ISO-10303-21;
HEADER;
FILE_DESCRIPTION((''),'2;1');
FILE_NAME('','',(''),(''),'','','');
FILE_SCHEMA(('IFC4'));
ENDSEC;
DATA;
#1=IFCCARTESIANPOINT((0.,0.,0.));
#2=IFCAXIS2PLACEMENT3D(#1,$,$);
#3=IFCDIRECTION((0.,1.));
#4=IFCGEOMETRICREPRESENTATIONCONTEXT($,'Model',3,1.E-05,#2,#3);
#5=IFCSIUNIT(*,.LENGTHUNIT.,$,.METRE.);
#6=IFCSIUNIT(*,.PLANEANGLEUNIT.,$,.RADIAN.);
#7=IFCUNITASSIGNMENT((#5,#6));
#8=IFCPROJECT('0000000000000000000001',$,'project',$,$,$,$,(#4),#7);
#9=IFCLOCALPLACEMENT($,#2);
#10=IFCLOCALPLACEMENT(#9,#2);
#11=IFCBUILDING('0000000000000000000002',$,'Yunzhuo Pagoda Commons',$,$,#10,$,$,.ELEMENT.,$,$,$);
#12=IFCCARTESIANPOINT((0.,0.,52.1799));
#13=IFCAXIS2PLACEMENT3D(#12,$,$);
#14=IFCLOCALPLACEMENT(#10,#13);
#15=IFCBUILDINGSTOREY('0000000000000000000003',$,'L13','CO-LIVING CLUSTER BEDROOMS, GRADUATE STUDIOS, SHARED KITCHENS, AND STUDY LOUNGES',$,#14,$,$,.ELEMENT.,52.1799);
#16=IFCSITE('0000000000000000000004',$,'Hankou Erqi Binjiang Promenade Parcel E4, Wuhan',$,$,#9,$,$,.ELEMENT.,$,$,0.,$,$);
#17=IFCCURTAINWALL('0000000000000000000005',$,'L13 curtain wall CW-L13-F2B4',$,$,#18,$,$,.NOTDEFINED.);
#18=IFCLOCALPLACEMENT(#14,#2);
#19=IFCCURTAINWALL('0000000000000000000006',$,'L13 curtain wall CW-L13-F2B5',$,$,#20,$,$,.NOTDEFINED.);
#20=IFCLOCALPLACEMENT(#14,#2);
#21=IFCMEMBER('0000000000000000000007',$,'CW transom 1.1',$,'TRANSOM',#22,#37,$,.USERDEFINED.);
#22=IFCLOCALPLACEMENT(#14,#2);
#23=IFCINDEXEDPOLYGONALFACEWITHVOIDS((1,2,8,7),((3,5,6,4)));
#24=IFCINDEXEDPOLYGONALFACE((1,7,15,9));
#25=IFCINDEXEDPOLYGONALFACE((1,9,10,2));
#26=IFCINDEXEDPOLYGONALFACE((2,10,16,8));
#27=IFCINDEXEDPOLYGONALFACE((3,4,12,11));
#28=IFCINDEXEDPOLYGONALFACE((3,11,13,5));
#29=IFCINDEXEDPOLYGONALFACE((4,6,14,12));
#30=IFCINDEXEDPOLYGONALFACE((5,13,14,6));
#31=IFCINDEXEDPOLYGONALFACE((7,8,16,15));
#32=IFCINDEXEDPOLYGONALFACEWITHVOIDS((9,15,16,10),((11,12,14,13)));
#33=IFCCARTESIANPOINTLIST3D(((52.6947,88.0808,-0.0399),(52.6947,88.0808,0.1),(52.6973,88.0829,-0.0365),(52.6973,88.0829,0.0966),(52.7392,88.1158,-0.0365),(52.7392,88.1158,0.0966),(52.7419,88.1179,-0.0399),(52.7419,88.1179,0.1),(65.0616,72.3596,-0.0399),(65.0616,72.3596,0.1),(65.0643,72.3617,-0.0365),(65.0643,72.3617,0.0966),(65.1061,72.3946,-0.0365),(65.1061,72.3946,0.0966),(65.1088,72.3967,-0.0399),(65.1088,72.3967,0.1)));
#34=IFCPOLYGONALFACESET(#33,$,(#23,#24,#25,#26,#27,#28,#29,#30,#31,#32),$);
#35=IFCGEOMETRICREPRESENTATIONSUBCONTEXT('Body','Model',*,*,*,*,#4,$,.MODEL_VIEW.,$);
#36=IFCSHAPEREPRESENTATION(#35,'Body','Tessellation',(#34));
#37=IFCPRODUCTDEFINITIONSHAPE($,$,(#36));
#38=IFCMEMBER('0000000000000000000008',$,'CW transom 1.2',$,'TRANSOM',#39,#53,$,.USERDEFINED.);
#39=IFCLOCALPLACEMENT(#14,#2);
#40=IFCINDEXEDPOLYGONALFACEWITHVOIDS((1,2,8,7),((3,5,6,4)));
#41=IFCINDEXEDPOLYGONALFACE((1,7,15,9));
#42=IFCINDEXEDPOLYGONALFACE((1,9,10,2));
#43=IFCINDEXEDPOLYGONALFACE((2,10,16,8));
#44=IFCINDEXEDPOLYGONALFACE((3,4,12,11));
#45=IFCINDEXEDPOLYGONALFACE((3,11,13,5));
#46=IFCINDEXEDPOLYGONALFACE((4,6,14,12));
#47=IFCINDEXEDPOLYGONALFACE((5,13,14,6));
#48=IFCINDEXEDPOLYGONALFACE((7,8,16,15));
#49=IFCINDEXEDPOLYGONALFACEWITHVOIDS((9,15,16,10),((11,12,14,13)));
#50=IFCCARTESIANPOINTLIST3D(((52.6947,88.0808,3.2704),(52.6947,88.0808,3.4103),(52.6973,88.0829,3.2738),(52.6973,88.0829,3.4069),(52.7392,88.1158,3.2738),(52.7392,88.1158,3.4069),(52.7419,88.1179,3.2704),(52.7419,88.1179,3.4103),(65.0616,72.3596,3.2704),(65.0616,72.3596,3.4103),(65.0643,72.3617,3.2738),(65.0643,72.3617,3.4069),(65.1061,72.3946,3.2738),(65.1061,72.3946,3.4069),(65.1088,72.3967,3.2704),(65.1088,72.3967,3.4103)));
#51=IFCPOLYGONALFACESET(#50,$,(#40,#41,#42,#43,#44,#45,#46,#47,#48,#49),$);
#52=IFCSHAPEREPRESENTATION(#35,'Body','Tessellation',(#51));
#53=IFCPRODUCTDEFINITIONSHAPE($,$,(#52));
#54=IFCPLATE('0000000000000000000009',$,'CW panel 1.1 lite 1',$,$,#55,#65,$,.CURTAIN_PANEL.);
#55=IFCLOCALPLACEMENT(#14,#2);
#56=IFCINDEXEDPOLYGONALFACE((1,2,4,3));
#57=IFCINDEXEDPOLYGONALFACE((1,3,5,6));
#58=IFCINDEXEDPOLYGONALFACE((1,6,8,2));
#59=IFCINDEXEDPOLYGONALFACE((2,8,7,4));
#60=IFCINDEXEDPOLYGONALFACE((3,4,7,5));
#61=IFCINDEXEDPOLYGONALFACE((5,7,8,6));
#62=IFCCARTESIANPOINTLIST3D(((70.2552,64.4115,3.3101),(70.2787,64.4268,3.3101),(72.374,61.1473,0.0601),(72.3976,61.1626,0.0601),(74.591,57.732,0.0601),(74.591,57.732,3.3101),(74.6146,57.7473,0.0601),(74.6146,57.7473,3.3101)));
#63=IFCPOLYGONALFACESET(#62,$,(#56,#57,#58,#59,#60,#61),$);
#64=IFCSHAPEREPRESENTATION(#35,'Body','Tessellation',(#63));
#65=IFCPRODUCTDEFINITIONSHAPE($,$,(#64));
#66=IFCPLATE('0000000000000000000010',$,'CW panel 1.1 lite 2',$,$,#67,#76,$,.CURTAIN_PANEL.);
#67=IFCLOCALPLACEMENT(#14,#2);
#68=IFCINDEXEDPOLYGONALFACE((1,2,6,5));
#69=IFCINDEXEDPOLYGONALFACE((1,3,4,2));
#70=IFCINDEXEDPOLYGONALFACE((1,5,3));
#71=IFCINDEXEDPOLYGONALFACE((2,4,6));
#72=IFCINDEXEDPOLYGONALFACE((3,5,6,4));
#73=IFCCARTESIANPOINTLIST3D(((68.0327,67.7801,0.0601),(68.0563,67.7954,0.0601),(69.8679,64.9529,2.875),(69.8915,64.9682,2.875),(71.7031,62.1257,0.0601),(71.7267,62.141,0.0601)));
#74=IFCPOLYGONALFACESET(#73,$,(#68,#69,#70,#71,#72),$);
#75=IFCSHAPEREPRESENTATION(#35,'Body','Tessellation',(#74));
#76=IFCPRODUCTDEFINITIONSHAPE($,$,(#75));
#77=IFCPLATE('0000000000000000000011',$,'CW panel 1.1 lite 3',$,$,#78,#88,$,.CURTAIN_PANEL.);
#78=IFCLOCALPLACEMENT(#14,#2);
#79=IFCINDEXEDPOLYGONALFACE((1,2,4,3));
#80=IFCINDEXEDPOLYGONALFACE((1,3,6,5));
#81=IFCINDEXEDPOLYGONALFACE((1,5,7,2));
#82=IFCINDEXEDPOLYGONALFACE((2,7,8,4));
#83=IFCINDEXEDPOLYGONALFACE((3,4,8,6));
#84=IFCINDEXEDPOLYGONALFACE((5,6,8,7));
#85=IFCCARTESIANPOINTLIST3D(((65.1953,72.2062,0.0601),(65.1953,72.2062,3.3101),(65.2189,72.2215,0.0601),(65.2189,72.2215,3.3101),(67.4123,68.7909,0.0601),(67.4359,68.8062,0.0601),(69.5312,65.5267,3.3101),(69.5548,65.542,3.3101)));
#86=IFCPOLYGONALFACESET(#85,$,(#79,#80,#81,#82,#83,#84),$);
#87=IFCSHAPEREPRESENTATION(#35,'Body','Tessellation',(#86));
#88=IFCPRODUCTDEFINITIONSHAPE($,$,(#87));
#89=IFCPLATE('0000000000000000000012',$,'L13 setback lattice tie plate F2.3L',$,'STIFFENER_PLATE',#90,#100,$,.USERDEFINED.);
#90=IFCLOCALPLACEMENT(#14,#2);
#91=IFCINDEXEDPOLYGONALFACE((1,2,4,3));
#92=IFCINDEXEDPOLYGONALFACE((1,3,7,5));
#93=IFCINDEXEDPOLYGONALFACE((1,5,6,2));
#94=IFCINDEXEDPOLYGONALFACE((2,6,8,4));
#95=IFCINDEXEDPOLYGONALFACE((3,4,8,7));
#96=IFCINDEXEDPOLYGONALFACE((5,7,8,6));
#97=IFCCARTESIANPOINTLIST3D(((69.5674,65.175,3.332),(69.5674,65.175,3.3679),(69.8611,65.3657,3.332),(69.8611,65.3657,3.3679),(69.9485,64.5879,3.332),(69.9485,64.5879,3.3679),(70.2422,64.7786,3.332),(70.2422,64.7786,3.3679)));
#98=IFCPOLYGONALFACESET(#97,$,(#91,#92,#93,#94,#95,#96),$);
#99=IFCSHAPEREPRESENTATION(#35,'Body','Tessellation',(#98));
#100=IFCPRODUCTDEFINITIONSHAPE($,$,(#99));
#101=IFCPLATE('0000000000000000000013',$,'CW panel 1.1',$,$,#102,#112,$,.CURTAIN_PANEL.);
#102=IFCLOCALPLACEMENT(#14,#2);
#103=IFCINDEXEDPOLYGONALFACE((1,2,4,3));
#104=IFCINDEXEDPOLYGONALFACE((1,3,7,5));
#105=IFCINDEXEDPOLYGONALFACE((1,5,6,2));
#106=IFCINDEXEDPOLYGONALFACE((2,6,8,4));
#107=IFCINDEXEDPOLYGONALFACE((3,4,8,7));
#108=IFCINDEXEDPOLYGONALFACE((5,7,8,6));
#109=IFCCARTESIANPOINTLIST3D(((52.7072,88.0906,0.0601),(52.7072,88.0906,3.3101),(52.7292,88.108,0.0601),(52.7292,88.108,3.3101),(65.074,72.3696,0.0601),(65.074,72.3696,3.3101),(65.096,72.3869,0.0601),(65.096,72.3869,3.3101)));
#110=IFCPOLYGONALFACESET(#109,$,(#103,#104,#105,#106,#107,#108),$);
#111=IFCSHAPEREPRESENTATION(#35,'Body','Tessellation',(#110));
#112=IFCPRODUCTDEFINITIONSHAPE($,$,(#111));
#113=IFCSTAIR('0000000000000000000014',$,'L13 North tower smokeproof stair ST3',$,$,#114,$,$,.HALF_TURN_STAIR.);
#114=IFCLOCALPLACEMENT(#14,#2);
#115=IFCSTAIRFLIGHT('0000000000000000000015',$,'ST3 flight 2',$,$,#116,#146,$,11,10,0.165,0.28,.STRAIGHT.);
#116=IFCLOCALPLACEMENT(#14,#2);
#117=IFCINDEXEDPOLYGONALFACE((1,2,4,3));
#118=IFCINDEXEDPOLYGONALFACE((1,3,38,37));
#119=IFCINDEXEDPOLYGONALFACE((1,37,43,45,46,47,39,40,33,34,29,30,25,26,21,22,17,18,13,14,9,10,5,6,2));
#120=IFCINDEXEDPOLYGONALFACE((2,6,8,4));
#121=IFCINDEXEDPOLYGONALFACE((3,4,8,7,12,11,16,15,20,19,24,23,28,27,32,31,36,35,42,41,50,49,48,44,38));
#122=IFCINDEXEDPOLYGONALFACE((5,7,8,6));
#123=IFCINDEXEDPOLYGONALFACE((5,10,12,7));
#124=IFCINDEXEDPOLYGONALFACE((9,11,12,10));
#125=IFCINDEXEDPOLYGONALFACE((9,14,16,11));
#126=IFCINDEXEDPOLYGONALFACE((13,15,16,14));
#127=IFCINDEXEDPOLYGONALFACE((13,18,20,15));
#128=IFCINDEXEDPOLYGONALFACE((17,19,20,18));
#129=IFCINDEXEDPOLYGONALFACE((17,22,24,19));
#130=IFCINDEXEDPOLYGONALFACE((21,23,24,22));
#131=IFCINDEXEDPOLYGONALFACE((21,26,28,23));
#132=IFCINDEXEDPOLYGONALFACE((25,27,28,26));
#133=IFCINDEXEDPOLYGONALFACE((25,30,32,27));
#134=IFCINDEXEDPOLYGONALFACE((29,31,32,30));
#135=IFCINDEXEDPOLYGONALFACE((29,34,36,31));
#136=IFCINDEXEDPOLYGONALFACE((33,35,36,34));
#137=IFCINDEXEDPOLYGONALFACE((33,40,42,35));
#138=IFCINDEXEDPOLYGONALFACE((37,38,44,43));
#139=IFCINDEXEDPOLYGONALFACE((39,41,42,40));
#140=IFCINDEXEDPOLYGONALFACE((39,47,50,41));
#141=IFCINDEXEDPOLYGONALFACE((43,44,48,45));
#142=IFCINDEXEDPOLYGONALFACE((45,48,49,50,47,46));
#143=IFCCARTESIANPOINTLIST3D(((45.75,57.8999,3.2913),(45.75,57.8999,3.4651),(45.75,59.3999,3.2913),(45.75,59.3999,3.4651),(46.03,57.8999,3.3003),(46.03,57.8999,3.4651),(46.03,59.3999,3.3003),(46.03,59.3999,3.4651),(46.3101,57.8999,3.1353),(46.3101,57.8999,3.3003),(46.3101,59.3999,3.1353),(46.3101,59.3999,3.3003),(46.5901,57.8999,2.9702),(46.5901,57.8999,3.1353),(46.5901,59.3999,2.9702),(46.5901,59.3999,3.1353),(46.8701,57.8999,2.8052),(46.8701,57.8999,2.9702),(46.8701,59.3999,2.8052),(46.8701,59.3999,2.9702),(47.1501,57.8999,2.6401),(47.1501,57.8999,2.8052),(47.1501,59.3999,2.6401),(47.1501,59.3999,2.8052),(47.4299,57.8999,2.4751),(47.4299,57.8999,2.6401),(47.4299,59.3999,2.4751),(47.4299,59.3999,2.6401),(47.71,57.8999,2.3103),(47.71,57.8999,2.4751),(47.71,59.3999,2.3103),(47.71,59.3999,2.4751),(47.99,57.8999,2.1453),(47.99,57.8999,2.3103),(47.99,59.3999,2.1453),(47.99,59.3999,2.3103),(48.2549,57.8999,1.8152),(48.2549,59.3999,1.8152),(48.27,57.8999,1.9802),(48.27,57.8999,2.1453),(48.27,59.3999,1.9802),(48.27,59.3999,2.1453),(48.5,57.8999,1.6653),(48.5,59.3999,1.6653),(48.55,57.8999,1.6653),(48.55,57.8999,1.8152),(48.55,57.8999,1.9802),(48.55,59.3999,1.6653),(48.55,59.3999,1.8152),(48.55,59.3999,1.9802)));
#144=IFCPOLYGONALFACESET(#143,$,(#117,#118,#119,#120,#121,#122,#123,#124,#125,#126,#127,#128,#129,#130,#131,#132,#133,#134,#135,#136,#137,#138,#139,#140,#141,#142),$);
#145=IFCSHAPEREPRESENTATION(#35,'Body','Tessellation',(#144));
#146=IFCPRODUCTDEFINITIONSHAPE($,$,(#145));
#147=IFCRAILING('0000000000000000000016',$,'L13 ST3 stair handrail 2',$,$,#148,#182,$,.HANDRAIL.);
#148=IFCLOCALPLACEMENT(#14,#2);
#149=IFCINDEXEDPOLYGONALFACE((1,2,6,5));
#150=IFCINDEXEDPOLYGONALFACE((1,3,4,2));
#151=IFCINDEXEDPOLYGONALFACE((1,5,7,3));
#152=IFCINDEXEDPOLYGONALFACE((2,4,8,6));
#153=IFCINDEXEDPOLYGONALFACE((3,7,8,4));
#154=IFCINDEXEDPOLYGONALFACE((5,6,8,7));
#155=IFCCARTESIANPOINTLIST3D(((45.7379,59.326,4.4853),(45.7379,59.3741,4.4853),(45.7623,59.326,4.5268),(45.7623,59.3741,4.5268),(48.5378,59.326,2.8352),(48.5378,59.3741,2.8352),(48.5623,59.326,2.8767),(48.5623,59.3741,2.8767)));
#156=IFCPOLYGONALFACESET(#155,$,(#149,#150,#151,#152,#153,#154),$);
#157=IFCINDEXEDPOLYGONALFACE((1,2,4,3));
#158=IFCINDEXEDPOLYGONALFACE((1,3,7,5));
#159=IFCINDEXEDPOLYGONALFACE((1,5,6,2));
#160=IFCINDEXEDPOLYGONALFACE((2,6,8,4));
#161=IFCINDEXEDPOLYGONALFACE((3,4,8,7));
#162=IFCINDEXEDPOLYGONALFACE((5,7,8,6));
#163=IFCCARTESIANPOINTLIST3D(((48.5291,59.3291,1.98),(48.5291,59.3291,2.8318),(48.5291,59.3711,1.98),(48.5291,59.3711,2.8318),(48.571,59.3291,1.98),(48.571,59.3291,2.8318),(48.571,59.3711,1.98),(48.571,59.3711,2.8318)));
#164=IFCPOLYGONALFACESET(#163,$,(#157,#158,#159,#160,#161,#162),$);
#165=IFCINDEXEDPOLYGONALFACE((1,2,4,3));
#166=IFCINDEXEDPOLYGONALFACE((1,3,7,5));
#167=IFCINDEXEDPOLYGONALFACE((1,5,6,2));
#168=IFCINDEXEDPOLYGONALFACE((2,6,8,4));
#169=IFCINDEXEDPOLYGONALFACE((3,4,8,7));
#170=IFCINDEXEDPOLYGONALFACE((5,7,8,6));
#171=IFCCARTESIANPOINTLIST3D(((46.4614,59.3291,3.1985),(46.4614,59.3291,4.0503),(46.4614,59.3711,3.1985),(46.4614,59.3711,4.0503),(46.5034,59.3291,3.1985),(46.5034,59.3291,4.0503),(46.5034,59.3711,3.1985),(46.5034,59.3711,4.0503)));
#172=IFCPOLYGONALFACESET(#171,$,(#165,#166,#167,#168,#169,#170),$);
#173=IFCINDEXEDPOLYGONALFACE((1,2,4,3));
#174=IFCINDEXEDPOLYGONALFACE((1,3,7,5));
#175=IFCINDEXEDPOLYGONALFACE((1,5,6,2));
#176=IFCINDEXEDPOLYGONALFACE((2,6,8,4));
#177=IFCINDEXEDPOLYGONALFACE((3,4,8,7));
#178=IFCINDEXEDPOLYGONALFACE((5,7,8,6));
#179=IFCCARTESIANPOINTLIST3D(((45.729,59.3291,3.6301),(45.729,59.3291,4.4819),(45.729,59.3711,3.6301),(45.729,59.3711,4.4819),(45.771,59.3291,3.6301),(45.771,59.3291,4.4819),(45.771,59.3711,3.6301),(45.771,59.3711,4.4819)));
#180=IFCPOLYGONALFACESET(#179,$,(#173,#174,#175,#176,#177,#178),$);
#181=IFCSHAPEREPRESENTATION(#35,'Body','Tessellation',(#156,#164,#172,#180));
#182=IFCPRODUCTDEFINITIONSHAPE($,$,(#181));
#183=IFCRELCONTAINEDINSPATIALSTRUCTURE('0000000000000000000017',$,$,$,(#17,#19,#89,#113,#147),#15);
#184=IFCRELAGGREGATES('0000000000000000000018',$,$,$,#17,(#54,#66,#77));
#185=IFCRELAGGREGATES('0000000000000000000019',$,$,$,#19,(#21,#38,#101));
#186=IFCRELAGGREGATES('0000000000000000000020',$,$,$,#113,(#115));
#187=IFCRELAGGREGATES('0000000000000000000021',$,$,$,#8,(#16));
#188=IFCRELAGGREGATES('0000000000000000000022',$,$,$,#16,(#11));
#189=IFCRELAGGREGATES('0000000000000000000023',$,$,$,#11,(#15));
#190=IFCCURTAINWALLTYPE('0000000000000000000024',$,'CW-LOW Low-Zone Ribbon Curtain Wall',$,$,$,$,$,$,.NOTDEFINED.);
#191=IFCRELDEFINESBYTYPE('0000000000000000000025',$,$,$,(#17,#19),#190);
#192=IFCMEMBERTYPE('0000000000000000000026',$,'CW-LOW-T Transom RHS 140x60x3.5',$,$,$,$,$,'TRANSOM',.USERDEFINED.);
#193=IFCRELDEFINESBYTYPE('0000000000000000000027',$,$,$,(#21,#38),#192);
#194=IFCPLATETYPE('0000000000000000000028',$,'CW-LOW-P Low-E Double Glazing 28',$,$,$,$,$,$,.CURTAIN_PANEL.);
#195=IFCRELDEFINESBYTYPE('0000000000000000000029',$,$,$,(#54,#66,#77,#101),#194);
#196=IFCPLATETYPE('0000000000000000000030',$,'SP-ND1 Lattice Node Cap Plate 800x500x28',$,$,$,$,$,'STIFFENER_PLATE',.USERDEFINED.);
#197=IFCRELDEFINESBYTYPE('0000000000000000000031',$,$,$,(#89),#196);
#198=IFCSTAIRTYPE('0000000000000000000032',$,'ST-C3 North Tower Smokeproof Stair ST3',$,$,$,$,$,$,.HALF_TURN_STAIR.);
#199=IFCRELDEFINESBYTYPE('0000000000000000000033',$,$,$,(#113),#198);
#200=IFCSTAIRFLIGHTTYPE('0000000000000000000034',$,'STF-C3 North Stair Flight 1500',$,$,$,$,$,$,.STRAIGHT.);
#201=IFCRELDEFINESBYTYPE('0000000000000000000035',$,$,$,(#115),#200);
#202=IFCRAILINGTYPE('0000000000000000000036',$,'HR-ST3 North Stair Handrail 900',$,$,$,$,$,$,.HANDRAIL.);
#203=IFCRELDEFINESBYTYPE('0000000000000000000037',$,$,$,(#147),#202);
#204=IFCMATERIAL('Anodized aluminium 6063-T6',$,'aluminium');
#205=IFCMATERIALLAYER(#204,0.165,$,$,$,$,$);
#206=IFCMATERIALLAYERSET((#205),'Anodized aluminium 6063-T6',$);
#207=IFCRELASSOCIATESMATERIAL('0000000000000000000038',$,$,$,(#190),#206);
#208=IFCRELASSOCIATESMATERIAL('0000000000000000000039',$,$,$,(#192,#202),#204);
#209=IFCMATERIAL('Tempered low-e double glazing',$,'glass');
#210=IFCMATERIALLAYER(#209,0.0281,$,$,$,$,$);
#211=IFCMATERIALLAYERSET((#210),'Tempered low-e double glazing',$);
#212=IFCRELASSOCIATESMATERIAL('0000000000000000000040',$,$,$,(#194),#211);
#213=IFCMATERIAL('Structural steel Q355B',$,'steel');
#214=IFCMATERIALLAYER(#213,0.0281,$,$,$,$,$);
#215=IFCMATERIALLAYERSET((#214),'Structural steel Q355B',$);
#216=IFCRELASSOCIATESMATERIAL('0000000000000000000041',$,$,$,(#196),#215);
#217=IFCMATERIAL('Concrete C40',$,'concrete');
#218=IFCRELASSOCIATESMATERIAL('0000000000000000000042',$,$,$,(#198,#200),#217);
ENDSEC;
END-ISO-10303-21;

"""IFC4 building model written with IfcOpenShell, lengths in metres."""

from ifc_helpers import new_model, si_unit, direction, frame, origin, origin_2d, place, context, subcontext, project, spatial, polyline, rectangle, hollow_rectangle, outline, extrude, source, transform, mapped, material, layer, layer_set, material_profile, profile_set, type_object, element, aggregate, save


model = new_model("IFC4")

# Units and contexts
model_context = context("Model", 3, precision=1e-05, world=origin(), true_north=direction((0.0, 1.0)))
body_context = subcontext(model_context, "Body", "Model", "MODEL_VIEW")
ifc_project = project(units=[si_unit("LENGTHUNIT", "METRE"), si_unit("PLANEANGLEUNIT", "RADIAN")], contexts=[model_context])

# Site, building, storey
site_placement = place(None, origin())
site = spatial("IfcSite", under=ifc_project, at=site_placement, Name="Hankou Erqi Binjiang Promenade Parcel E4, Wuhan", CompositionType="ELEMENT", RefElevation=0.0)
building_placement = place(site_placement, origin())
building = spatial("IfcBuilding", under=site, at=building_placement, Name="Yunzhuo Pagoda Commons", CompositionType="ELEMENT")
storey_placement = place(building_placement, frame((0.0, 0.0, 52.1799)))
storey = spatial("IfcBuildingStorey", under=building, at=storey_placement, Name="L13", Description="CO-LIVING CLUSTER BEDROOMS, GRADUATE STUDIOS, SHARED KITCHENS, AND STUDY LOUNGES", CompositionType="ELEMENT", Elevation=52.1799)

# Shared definitions
ifc_material_1 = material(Name="Structural steel Q355B", Category="steel")

# Curtain wall
ifc_material_2 = material(Name="Anodized aluminium 6063-T6", Category="aluminium")
ifc_layer_1 = layer(ifc_material_2, 0.165)
ifc_layer_set_1 = layer_set([ifc_layer_1], Name="Anodized aluminium 6063-T6")
curtain_wall_type = type_object("IfcCurtainWallType", Name="CW-LOW Low-Zone Ribbon Curtain Wall", PredefinedType="NOTDEFINED", material=ifc_layer_set_1)
curtain_wall_1_placement = place(storey_placement, origin())
curtain_wall_1 = element("IfcCurtainWall", 1, at=curtain_wall_1_placement, inside=storey, type_object=curtain_wall_type, Name="L13 curtain wall CW-L13-F2B4", PredefinedType="NOTDEFINED")

# Curtain wall, members
curtain_wall_2_placement = place(storey_placement, origin())
curtain_wall_2 = element("IfcCurtainWall", 2, at=curtain_wall_2_placement, inside=storey, type_object=curtain_wall_type, Name="L13 curtain wall CW-L13-F2B5", PredefinedType="NOTDEFINED")
ifc_material_profile_1 = material_profile(ifc_material_2, hollow_rectangle(XDim=0.0601, YDim=0.1399, WallThickness=0.0034, at=origin_2d()), Name="Anodized aluminium 6063-T6")
ifc_profile_set_1 = profile_set([ifc_material_profile_1], Name="Anodized aluminium 6063-T6")
member_type_1 = type_object("IfcMemberType", Name="CW-LOW-T Transom RHS 140x60x3.5", ElementType="TRANSOM", PredefinedType="USERDEFINED", material=ifc_profile_set_1)
shared_shape_1 = source(origin(), body_context, "Body", "SweptSolid", [
    extrude(hollow_rectangle(XDim=0.0601, YDim=0.1399, WallThickness=0.0034, at=origin_2d()), origin(), (0.0, 0.0, 1.0), 20.0024),
])
member_1_placement = place(storey_placement, frame((65.0852, 72.3782, 0.03), z_axis=(-0.618272, 0.785964, 0.0), x_axis=(-0.785964, -0.618272, 0.0)))
member_1 = element("IfcMember", 3, at=member_1_placement, type_object=member_type_1, Name="CW transom 1.1", ObjectType="TRANSOM", PredefinedType="USERDEFINED", context=body_context, shape_type="MappedRepresentation", body=[
    mapped(shared_shape_1, transform((0.0, 0.0, 0.0), scale=1.0)),
])
member_2_placement = place(storey_placement, frame((65.0852, 72.3782, 3.3403), z_axis=(-0.618272, 0.785964, 0.0), x_axis=(-0.785964, -0.618272, 0.0)))
member_2 = element("IfcMember", 4, at=member_2_placement, type_object=member_type_1, Name="CW transom 1.2", ObjectType="TRANSOM", PredefinedType="USERDEFINED", context=body_context, shape_type="MappedRepresentation", body=[
    mapped(shared_shape_1, transform((0.0, 0.0, 0.0), scale=1.0)),
])

# Plates
ifc_material_3 = material(Name="Tempered low-e double glazing", Category="glass")
ifc_layer_2 = layer(ifc_material_3, 0.0281)
ifc_layer_set_2 = layer_set([ifc_layer_2], Name="Tempered low-e double glazing")
plate_type_1 = type_object("IfcPlateType", Name="CW-LOW-P Low-E Double Glazing 28", PredefinedType="CURTAIN_PANEL", material=ifc_layer_set_2)
plate_1_placement = place(storey_placement, frame((72.4231, 61.0718, 1.6851), z_axis=(0.838777, 0.544476, 0.0), x_axis=(-0.544476, 0.838777, 0.0)))
plate_1 = element("IfcPlate", 5, at=plate_1_placement, type_object=plate_type_1, Name="CW panel 1.1 lite 1", PredefinedType="CURTAIN_PANEL", context=body_context, shape_type="SweptSolid", body=[
    extrude(outline(polyline([(-3.9817, -1.625), (0.0901, -1.625), (3.9817, 1.625), (-3.9817, 1.625), (-3.9817, -1.625)])), origin(), (0.0, 0.0, 1.0), 0.0281),
])
plate_2_placement = place(storey_placement, frame((69.8679, 64.9529, 1.4675), z_axis=(0.838777, 0.544476, 0.0), x_axis=(-0.544476, 0.838777, 0.0)))
plate_2 = element("IfcPlate", 6, at=plate_2_placement, type_object=plate_type_1, Name="CW panel 1.1 lite 2", PredefinedType="CURTAIN_PANEL", context=body_context, shape_type="SweptSolid", body=[
    extrude(outline(polyline([(-3.3706, -1.4075), (3.3706, -1.4075), (0.0, 1.4075), (-3.3706, -1.4075)])), origin(), (0.0, 0.0, 1.0), 0.0281),
])
plate_3_placement = place(storey_placement, frame((67.3633, 68.8665, 1.6851), z_axis=(0.838777, 0.544476, 0.0), x_axis=(-0.544476, 0.838777, 0.0)))
plate_3 = element("IfcPlate", 7, at=plate_3_placement, type_object=plate_type_1, Name="CW panel 1.1 lite 3", PredefinedType="CURTAIN_PANEL", context=body_context, shape_type="SweptSolid", body=[
    extrude(outline(polyline([(-3.9817, 1.625), (-0.0901, -1.625), (3.9817, -1.625), (3.9817, 1.625), (-3.9817, 1.625)])), origin(), (0.0, 0.0, 1.0), 0.0281),
])
aggregate(curtain_wall_1, [plate_1, plate_2, plate_3])
ifc_layer_3 = layer(ifc_material_1, 0.0281)
ifc_layer_set_3 = layer_set([ifc_layer_3], Name="Structural steel Q355B")
plate_type_2 = type_object("IfcPlateType", Name="SP-ND1 Lattice Node Cap Plate 800x500x28", ElementType="STIFFENER_PLATE", PredefinedType="USERDEFINED", material=ifc_layer_set_3)
shared_shape_2 = source(origin(), body_context, "Body", "SweptSolid", [
    extrude(rectangle(XDim=0.7, YDim=0.3501, at=origin_2d()), origin(), (0.0, 0.0, 1.0), 0.0359),
])
plate_4_placement = place(storey_placement, frame((69.9048, 64.9768, 3.332), z_axis=(0.0, 0.0, 1.0), x_axis=(-0.544478, 0.838775, 0.0)))
element("IfcPlate", 8, at=plate_4_placement, inside=storey, type_object=plate_type_2, Name="L13 setback lattice tie plate F2.3L", ObjectType="STIFFENER_PLATE", PredefinedType="USERDEFINED", context=body_context, shape_type="MappedRepresentation", body=[
    mapped(shared_shape_2, transform((0.0, 0.0, 0.0), scale=1.0)),
])
shared_shape_3 = source(origin(), body_context, "Body", "SweptSolid", [
    extrude(rectangle(XDim=20.0022, YDim=0.0281, at=origin_2d()), origin(), (0.0, 0.0, 1.0), 3.25),
])
plate_5_placement = place(storey_placement, frame((58.9016, 80.2388, 0.0601), z_axis=(0.0, 0.0, 1.0), x_axis=(-0.618272, 0.785964, 0.0)))
plate_5 = element("IfcPlate", 9, at=plate_5_placement, type_object=plate_type_1, Name="CW panel 1.1", PredefinedType="CURTAIN_PANEL", context=body_context, shape_type="MappedRepresentation", body=[
    mapped(shared_shape_3, transform((0.0, 0.0, 0.0), scale=1.0)),
])
aggregate(curtain_wall_2, [member_1, member_2, plate_5])

# Stair, stair flight
ifc_material_4 = material(Name="Concrete C40", Category="concrete")
stair_type = type_object("IfcStairType", Name="ST-C3 North Tower Smokeproof Stair ST3", PredefinedType="HALF_TURN_STAIR", material=ifc_material_4)
stair_placement = place(storey_placement, origin())
stair = element("IfcStair", 10, at=stair_placement, inside=storey, type_object=stair_type, Name="L13 North tower smokeproof stair ST3", PredefinedType="HALF_TURN_STAIR")
stair_flight_type = type_object("IfcStairFlightType", Name="STF-C3 North Stair Flight 1500", PredefinedType="STRAIGHT", material=ifc_material_4)
shared_shape_4 = source(origin(), body_context, "Body", "SweptSolid", [
    extrude(outline(polyline([(0.0, -0.1499), (0.0, 0.0), (0.0, 0.165), (0.28, 0.165), (0.28, 0.3301), (0.5601, 0.3301), (0.5601, 0.4951), (0.8401, 0.4951), (0.8401, 0.6599), (1.1201, 0.6599), (1.1201, 0.825), (1.3999, 0.825), (1.3999, 0.99), (1.6799, 0.99), (1.6799, 1.155), (1.96, 1.155), (1.96, 1.3201), (2.24, 1.3201), (2.24, 1.4851), (2.52, 1.4851), (2.52, 1.6499), (2.8, 1.6499), (2.8, 1.8149), (2.8, 1.4761), (0.2952, 0.0), (0.05, -0.1499), (0.0, -0.1499)])), frame((0.0, 0.75, 0.0), z_axis=(0.0, -1.0, 0.0), x_axis=(1.0, 0.0, 0.0)), (0.0, 0.0, 1.0), 1.5),
])
stair_flight_placement = place(storey_placement, frame((48.55, 58.6499, 1.8152), z_axis=(0.0, 0.0, 1.0), x_axis=(-1.0, 0.0, 0.0)))
stair_flight = element("IfcStairFlight", 11, at=stair_flight_placement, type_object=stair_flight_type, Name="ST3 flight 2", NumberOfRisers=11, NumberOfTreads=10, PredefinedType="STRAIGHT", RiserHeight=0.165, TreadLength=0.28, context=body_context, shape_type="MappedRepresentation", body=[
    mapped(shared_shape_4, transform((0.0, 0.0, 0.0), scale=1.0)),
])
aggregate(stair, [stair_flight])

# Railing
railing_type_1 = type_object("IfcRailingType", Name="HR-ST3 North Stair Handrail 900", PredefinedType="HANDRAIL", material=ifc_material_2)
railing_1_placement = place(storey_placement, frame((48.55, 59.3501, 1.98)))
element("IfcRailing", 12, at=railing_1_placement, inside=storey, type_object=railing_type_1, Name="L13 ST3 stair handrail 2", PredefinedType="HANDRAIL", context=body_context, shape_type="SweptSolid", body=[
    extrude(rectangle(XDim=0.0481, YDim=0.0481, at=origin_2d()), frame((0.0, 0.0, 0.876), z_axis=(-0.861523, 0.0, 0.507719), x_axis=(0.0, -1.0, 0.0)), (0.0, 0.0, 1.0), 3.25),
    extrude(rectangle(XDim=0.042, YDim=0.042, at=origin_2d()), origin(), (0.0, 0.0, 1.0), 0.8518),
    extrude(rectangle(XDim=0.042, YDim=0.042, at=origin_2d()), frame((-2.0676, 0.0, 1.2185)), (0.0, 0.0, 1.0), 0.8518),
    extrude(rectangle(XDim=0.042, YDim=0.042, at=origin_2d()), frame((-2.8, 0.0, 1.6501)), (0.0, 0.0, 1.0), 0.8518),
])

save(model, "model.ifc")
